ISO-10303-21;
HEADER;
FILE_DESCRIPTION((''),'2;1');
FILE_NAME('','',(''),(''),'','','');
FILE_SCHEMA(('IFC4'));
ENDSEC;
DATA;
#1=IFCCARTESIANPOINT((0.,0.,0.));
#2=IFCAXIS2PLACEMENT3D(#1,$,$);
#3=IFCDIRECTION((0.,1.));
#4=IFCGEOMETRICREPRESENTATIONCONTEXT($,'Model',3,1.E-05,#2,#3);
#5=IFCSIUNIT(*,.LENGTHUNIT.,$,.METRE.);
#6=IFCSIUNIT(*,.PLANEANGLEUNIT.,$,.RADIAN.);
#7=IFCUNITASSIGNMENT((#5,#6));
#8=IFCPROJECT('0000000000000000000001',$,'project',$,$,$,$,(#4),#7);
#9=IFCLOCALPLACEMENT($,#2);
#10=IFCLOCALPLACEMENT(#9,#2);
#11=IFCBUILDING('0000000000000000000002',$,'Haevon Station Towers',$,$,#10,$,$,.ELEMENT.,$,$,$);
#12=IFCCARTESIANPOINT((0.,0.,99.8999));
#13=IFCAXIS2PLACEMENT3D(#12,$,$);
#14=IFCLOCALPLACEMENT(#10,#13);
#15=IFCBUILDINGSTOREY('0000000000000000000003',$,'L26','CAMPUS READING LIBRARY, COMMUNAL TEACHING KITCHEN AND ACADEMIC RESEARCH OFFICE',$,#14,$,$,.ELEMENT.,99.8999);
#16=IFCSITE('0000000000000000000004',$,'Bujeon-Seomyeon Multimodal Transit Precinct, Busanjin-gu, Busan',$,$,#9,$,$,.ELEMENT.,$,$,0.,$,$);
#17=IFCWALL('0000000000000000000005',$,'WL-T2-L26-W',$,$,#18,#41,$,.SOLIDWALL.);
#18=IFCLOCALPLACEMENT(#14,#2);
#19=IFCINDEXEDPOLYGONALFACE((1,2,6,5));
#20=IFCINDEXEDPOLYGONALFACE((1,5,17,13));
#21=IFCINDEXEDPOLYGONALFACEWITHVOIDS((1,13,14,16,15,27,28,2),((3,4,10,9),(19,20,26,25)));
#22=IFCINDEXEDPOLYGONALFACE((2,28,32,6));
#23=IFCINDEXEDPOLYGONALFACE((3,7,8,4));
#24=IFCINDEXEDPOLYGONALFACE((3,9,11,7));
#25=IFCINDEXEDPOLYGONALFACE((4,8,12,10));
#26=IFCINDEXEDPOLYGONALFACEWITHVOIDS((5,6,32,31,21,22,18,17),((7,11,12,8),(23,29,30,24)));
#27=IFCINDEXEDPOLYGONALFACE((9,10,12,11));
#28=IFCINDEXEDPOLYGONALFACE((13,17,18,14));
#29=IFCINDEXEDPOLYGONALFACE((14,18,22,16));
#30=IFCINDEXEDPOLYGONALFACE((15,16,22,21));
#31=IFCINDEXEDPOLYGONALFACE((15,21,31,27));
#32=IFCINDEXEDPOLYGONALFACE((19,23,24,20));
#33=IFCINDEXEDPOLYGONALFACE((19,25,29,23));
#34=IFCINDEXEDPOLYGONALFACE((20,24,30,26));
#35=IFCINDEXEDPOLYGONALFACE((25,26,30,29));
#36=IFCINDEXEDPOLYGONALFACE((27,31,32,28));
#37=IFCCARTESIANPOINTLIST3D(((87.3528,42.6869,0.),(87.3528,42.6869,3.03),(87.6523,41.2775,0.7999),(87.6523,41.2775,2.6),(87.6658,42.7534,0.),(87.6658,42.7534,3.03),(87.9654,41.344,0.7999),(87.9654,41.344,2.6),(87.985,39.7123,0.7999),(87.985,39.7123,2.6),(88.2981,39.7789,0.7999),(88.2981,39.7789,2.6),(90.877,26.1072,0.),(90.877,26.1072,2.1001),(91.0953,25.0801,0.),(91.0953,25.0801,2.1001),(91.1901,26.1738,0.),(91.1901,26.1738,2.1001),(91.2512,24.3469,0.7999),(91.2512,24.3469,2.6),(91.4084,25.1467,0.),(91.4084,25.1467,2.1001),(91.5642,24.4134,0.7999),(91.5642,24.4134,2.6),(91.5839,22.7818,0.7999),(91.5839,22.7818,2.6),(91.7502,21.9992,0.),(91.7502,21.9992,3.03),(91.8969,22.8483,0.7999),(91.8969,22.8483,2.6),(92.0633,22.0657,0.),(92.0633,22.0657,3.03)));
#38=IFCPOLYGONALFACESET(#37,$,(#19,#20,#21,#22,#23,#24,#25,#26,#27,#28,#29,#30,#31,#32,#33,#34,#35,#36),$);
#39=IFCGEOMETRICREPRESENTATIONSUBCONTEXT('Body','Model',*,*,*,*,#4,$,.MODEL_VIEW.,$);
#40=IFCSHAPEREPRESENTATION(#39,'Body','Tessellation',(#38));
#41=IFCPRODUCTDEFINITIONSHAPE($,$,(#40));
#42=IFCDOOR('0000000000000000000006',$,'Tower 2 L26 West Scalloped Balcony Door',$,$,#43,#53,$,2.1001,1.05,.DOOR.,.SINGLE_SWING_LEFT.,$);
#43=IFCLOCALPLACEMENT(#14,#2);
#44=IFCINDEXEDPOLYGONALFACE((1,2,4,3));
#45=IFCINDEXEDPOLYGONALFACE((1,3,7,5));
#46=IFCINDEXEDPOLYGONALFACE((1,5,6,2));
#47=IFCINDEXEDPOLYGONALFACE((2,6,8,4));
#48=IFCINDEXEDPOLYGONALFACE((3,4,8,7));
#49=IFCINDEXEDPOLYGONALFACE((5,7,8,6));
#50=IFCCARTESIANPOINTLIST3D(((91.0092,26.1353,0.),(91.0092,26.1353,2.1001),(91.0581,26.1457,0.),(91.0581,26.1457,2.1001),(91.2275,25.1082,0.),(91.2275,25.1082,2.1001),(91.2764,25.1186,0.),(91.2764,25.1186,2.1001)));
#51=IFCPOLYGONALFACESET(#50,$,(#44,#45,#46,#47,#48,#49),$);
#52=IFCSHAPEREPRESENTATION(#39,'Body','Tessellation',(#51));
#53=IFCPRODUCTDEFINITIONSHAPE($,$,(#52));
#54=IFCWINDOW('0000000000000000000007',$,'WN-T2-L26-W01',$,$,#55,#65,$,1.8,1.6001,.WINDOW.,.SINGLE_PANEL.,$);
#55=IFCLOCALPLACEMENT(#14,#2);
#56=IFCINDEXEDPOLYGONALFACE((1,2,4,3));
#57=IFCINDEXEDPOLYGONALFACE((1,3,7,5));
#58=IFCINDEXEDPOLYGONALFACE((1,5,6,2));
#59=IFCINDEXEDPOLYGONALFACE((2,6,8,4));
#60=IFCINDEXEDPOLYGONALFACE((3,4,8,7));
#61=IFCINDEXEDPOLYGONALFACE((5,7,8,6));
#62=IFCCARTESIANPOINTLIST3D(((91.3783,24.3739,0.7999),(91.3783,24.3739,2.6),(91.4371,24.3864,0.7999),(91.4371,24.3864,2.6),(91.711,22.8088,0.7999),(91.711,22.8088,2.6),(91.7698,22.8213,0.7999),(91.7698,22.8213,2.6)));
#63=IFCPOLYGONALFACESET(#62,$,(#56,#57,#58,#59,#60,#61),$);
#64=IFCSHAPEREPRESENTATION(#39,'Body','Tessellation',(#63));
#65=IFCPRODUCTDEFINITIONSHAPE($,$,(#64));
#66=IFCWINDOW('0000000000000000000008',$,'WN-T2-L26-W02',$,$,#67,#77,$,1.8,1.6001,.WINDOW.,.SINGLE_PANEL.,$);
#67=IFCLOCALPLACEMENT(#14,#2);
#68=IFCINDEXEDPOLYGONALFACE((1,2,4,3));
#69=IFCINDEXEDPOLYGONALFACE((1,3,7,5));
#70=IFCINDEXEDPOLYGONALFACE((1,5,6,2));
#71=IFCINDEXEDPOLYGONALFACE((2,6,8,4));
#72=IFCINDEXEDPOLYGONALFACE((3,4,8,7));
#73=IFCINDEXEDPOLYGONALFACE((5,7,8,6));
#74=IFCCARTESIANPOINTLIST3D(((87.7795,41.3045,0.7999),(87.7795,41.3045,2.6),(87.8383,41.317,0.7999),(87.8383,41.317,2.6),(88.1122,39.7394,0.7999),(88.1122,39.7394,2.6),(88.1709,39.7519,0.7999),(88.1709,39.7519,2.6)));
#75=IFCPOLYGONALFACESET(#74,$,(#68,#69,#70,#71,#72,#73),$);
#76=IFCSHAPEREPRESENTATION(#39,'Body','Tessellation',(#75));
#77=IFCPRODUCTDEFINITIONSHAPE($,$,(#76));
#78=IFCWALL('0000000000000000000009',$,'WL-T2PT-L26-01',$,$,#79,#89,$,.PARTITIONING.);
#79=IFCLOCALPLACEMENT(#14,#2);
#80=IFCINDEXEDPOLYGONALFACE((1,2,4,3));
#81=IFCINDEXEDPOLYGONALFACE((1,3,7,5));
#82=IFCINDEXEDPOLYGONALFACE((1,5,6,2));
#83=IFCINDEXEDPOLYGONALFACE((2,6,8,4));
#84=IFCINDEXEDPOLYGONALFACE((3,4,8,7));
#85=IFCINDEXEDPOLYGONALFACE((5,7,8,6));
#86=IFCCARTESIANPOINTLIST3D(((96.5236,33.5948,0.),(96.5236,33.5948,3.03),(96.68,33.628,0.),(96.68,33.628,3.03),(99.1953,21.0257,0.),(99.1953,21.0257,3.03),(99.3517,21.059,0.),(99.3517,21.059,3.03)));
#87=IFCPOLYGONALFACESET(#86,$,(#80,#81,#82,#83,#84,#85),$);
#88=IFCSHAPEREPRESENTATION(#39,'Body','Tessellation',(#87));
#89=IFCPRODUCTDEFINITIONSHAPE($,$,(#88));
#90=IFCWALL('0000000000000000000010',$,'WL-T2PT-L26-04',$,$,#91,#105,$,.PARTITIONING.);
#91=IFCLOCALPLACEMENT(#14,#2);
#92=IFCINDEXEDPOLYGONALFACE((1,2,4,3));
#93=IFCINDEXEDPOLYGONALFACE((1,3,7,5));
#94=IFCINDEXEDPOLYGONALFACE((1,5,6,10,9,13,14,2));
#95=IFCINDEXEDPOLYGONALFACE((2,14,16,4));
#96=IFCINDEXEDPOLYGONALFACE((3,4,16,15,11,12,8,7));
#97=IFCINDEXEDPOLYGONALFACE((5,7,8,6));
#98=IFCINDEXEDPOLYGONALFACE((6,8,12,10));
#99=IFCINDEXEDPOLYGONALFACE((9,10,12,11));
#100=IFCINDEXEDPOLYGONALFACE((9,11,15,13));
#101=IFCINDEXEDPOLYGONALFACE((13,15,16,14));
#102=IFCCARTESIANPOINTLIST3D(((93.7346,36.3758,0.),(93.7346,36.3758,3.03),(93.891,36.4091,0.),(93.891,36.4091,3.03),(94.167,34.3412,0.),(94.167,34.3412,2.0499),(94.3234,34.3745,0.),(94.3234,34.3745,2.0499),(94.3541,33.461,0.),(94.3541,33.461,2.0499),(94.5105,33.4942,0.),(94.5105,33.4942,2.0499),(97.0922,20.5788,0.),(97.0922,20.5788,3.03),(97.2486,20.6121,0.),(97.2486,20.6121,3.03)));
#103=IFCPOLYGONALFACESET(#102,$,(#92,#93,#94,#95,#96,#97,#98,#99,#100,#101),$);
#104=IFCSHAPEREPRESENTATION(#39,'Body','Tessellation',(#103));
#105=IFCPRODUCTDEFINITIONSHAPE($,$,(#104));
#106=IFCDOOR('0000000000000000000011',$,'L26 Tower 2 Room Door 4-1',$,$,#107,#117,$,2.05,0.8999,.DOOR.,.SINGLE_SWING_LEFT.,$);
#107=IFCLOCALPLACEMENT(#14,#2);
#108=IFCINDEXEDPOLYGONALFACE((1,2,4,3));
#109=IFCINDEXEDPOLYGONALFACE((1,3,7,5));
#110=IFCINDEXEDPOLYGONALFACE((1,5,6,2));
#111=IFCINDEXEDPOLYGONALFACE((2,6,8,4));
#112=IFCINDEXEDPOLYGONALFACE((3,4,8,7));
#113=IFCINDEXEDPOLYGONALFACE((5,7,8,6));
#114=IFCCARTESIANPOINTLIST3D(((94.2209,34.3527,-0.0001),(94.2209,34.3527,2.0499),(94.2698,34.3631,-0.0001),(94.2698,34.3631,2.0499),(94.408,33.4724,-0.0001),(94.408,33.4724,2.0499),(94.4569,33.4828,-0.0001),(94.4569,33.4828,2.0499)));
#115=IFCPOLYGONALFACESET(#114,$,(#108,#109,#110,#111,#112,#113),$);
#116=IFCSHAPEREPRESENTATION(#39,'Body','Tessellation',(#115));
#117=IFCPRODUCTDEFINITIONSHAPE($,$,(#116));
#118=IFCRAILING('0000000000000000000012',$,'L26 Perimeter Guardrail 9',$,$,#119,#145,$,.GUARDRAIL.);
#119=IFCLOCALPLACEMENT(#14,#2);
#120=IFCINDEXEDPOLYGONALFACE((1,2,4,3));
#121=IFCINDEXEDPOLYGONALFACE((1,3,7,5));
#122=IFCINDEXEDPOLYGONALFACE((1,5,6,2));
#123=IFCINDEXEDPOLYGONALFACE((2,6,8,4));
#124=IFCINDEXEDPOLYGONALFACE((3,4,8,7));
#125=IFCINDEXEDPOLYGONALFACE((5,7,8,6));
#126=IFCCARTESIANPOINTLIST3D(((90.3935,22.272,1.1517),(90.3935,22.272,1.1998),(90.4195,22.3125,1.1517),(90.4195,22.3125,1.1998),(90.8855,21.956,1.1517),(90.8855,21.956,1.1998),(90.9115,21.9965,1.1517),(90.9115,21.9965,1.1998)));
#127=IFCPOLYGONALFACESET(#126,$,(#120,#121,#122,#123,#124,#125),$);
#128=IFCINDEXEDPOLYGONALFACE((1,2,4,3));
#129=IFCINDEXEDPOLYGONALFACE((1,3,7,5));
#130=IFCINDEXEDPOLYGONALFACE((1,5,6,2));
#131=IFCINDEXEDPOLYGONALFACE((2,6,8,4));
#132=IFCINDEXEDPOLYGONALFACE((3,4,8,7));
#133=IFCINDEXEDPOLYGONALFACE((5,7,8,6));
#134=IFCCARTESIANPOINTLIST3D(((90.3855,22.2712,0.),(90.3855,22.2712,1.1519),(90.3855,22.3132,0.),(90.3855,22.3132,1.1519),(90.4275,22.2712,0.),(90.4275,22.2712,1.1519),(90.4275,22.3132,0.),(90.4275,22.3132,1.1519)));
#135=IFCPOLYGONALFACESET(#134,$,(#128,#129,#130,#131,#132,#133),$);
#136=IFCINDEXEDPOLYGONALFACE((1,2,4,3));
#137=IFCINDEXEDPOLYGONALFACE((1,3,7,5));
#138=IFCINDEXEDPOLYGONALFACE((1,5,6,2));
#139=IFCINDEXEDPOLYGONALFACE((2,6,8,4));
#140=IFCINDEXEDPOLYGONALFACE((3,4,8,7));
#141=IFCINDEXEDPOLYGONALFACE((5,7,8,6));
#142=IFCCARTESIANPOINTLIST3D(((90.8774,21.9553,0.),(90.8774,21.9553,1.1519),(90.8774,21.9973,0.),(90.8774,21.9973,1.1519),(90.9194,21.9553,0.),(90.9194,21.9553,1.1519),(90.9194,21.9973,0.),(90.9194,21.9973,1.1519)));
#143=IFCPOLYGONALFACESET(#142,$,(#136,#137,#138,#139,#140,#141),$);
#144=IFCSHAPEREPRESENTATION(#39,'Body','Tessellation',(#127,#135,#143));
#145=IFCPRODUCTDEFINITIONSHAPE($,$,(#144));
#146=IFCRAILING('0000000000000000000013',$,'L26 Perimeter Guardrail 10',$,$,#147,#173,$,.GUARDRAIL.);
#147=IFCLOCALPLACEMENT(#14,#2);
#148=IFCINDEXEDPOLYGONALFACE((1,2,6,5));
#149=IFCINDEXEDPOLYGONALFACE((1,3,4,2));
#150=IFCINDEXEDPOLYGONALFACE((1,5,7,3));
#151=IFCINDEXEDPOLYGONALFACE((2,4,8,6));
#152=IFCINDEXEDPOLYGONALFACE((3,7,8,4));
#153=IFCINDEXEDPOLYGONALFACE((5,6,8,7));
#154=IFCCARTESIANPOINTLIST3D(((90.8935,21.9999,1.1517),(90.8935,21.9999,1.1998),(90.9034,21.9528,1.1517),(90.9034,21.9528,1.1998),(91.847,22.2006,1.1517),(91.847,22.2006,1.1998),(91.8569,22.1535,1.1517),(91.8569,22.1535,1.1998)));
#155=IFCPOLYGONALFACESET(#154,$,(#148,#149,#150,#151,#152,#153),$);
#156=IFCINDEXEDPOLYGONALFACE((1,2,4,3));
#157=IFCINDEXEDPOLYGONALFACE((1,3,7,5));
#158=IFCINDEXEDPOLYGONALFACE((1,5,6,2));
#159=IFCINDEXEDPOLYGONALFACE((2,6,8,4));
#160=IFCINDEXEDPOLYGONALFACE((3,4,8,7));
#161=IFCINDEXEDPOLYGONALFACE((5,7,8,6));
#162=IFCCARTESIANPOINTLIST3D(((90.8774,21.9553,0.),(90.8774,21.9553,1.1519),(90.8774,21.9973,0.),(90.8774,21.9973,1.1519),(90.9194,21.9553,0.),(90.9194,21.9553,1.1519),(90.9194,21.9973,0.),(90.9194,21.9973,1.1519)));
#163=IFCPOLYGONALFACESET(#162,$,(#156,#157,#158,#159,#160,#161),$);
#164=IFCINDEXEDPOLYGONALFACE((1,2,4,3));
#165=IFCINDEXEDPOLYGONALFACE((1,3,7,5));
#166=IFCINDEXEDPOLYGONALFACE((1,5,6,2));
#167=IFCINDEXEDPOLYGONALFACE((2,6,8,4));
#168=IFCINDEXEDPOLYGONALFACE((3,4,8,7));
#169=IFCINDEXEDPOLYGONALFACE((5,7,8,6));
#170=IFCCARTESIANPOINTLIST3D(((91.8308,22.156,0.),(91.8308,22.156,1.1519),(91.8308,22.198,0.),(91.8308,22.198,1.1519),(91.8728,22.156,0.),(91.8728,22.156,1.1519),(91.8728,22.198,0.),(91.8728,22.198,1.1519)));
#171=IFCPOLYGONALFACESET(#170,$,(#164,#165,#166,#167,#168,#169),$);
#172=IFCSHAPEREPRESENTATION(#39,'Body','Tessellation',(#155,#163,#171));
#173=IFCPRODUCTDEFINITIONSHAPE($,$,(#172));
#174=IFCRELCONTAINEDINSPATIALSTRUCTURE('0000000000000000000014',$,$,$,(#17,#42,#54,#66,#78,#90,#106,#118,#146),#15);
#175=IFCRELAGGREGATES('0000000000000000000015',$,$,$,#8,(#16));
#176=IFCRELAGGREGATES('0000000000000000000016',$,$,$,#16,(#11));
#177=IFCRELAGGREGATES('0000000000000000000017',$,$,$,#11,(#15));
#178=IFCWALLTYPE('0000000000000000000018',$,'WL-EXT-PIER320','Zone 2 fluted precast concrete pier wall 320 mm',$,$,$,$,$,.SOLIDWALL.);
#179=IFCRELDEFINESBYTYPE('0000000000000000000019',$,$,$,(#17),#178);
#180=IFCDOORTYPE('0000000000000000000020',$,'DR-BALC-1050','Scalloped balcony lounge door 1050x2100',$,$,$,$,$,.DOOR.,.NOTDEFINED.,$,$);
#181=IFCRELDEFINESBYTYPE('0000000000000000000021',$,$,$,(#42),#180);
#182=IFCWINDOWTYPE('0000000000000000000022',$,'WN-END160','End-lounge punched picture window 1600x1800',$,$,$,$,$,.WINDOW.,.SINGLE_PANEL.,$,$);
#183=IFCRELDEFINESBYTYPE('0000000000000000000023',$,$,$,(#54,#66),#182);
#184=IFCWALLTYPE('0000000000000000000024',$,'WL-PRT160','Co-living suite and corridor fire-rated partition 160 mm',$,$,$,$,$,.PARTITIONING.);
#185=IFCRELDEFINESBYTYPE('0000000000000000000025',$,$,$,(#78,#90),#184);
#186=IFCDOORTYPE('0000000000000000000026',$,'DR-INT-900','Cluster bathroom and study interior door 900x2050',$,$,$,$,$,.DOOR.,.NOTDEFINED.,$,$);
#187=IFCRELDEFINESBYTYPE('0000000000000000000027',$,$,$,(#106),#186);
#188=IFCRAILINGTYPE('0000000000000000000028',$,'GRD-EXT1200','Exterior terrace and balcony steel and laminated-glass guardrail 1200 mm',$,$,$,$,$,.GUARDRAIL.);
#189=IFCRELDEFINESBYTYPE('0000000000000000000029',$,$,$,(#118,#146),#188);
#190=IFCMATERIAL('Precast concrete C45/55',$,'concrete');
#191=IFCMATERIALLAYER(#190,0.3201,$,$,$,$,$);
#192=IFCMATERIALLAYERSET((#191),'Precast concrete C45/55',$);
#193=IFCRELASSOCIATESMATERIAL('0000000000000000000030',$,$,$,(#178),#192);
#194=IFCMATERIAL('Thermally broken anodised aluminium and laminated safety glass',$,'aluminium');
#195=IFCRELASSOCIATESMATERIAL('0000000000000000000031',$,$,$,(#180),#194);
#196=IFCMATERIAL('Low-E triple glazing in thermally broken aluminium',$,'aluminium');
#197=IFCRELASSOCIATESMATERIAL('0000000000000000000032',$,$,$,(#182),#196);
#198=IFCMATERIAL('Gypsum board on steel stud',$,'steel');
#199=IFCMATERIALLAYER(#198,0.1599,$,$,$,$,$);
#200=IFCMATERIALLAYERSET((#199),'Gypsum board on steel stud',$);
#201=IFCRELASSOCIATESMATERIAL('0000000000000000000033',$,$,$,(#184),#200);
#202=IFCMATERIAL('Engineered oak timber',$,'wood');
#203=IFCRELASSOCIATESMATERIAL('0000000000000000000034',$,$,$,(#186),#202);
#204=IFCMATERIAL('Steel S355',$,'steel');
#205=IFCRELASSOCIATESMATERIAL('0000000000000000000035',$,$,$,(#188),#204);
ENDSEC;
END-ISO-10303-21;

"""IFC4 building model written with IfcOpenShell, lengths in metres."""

from ifc_helpers import new_model, si_unit, direction, frame, frame_2d, origin, origin_2d, place, context, subcontext, project, spatial, rectangle, extrude, material, layer, layer_set, type_object, element, fill, save


model = new_model("IFC4")

# Units and contexts
model_context = context("Model", 3, precision=1e-05, world=origin(), true_north=direction((0.0, 1.0)))
body_context = subcontext(model_context, "Body", "Model", "MODEL_VIEW")
ifc_project = project(units=[si_unit("LENGTHUNIT", "METRE"), si_unit("PLANEANGLEUNIT", "RADIAN")], contexts=[model_context])

# Site, building, storey
site_placement = place(None, origin())
site = spatial("IfcSite", under=ifc_project, at=site_placement, Name="Bujeon-Seomyeon Multimodal Transit Precinct, Busanjin-gu, Busan", CompositionType="ELEMENT", RefElevation=0.0)
building_placement = place(site_placement, origin())
building = spatial("IfcBuilding", under=site, at=building_placement, Name="Haevon Station Towers", CompositionType="ELEMENT")
storey_placement = place(building_placement, frame((0.0, 0.0, 99.8999)))
storey = spatial("IfcBuildingStorey", under=building, at=storey_placement, Name="L26", Description="CAMPUS READING LIBRARY, COMMUNAL TEACHING KITCHEN AND ACADEMIC RESEARCH OFFICE", CompositionType="ELEMENT", Elevation=99.8999)

# Shared definitions
ifc_material_1 = material(Name="Steel S355", Category="steel")

# Shared definitions
ifc_material_2 = material(Name="Precast concrete C45/55", Category="concrete")
ifc_layer_1 = layer(ifc_material_2, 0.3201)
ifc_layer_set_1 = layer_set([ifc_layer_1], Name="Precast concrete C45/55")
wall_type_1 = type_object("IfcWallType", Name="WL-EXT-PIER320", Description="Zone 2 fluted precast concrete pier wall 320 mm", PredefinedType="SOLIDWALL", material=ifc_layer_set_1)

# Wall, openings, door, windows
wall_1_placement = place(storey_placement, frame((91.9067, 22.0325, 0.0), z_axis=(0.0, 0.0, 1.0), x_axis=(-0.207918, 0.978146, 0.0)))
wall_1 = element("IfcWall", 1, at=wall_1_placement, inside=storey, type_object=wall_type_1, Name="WL-T2-L26-W", PredefinedType="SOLIDWALL", context=body_context, shape_type="SweptSolid", body=[
    extrude(rectangle(XDim=21.1499, YDim=0.3201, at=frame_2d((10.575, 0.0))), origin(), (0.0, 0.0, 1.0), 3.03),
])
opening_1_placement = place(wall_1_placement, frame((3.1499, 0.0, 0.0)))
opening_1 = element("IfcOpeningElement", 2, at=opening_1_placement, cuts=wall_1, PredefinedType="OPENING", context=body_context, shape_type="SweptSolid", body=[
    extrude(rectangle(XDim=1.05, YDim=2.1001, at=frame_2d((0.5249, 1.05))), frame((0.0, 0.1699, 0.0), z_axis=(0.0, -1.0, 0.0), x_axis=(1.0, 0.0, 0.0)), (0.0, 0.0, 1.0), 0.3401),
])
opening_2_placement = place(wall_1_placement, frame((0.8, 0.0, 0.8)))
opening_2 = element("IfcOpeningElement", 3, at=opening_2_placement, cuts=wall_1, PredefinedType="OPENING", context=body_context, shape_type="SweptSolid", body=[
    extrude(rectangle(XDim=1.6001, YDim=1.8, at=frame_2d((0.8, 0.8999))), frame((0.0, 0.1699, 0.0), z_axis=(0.0, -1.0, 0.0), x_axis=(1.0, 0.0, 0.0)), (0.0, 0.0, 1.0), 0.3401),
])
opening_3_placement = place(wall_1_placement, frame((18.1089, 0.0, 0.8)))
opening_3 = element("IfcOpeningElement", 4, at=opening_3_placement, cuts=wall_1, PredefinedType="OPENING", context=body_context, shape_type="SweptSolid", body=[
    extrude(rectangle(XDim=1.6001, YDim=1.8, at=frame_2d((0.8, 0.8999))), frame((0.0, 0.1699, 0.0), z_axis=(0.0, -1.0, 0.0), x_axis=(1.0, 0.0, 0.0)), (0.0, 0.0, 1.0), 0.3401),
])
ifc_material_3 = material(Name="Thermally broken anodised aluminium and laminated safety glass", Category="aluminium")
door_type_1 = type_object("IfcDoorType", Name="DR-BALC-1050", Description="Scalloped balcony lounge door 1050x2100", OperationType="NOTDEFINED", PredefinedType="DOOR", material=ifc_material_3)
door_1_placement = place(opening_1_placement, origin())
door_1 = element("IfcDoor", 5, at=door_1_placement, inside=storey, type_object=door_type_1, Name="Tower 2 L26 West Scalloped Balcony Door", OperationType="SINGLE_SWING_LEFT", OverallHeight=2.1001, OverallWidth=1.05, PredefinedType="DOOR", context=body_context, shape_type="SweptSolid", body=[
    extrude(rectangle(XDim=1.05, YDim=2.1001, at=frame_2d((0.5249, 1.05))), frame((0.0, 0.0249, 0.0), z_axis=(0.0, -1.0, 0.0), x_axis=(1.0, 0.0, 0.0)), (0.0, 0.0, 1.0), 0.05),
])
fill(opening_1, door_1)
ifc_material_4 = material(Name="Low-E triple glazing in thermally broken aluminium", Category="aluminium")
window_type = type_object("IfcWindowType", Name="WN-END160", Description="End-lounge punched picture window 1600x1800", PartitioningType="SINGLE_PANEL", PredefinedType="WINDOW", material=ifc_material_4)
window_1_placement = place(opening_2_placement, origin())
window_1 = element("IfcWindow", 6, at=window_1_placement, inside=storey, type_object=window_type, Name="WN-T2-L26-W01", OverallHeight=1.8, OverallWidth=1.6001, PartitioningType="SINGLE_PANEL", PredefinedType="WINDOW", context=body_context, shape_type="SweptSolid", body=[
    extrude(rectangle(XDim=1.6001, YDim=1.8, at=frame_2d((0.8, 0.8999))), frame((0.0, 0.03, 0.0), z_axis=(0.0, -1.0, 0.0), x_axis=(1.0, 0.0, 0.0)), (0.0, 0.0, 1.0), 0.0601),
])
fill(opening_2, window_1)
window_2_placement = place(opening_3_placement, origin())
window_2 = element("IfcWindow", 7, at=window_2_placement, inside=storey, type_object=window_type, Name="WN-T2-L26-W02", OverallHeight=1.8, OverallWidth=1.6001, PartitioningType="SINGLE_PANEL", PredefinedType="WINDOW", context=body_context, shape_type="SweptSolid", body=[
    extrude(rectangle(XDim=1.6001, YDim=1.8, at=frame_2d((0.8, 0.8999))), frame((0.0, 0.03, 0.0), z_axis=(0.0, -1.0, 0.0), x_axis=(1.0, 0.0, 0.0)), (0.0, 0.0, 1.0), 0.0601),
])
fill(opening_3, window_2)

# Wall
ifc_material_5 = material(Name="Gypsum board on steel stud", Category="steel")
ifc_layer_2 = layer(ifc_material_5, 0.1599)
ifc_layer_set_2 = layer_set([ifc_layer_2], Name="Gypsum board on steel stud")
wall_type_2 = type_object("IfcWallType", Name="WL-PRT160", Description="Co-living suite and corridor fire-rated partition 160 mm", PredefinedType="PARTITIONING", material=ifc_layer_set_2)
wall_2_placement = place(storey_placement, frame((99.2734, 21.0425, 0.0), z_axis=(0.0, 0.0, 1.0), x_axis=(-0.207911, 0.978148, 0.0)))
element("IfcWall", 8, at=wall_2_placement, inside=storey, type_object=wall_type_2, Name="WL-T2PT-L26-01", PredefinedType="PARTITIONING", context=body_context, shape_type="SweptSolid", body=[
    extrude(rectangle(XDim=12.8499, YDim=0.1599, at=frame_2d((6.4248, 0.0))), origin(), (0.0, 0.0, 1.0), 3.03),
])

# Wall, opening, door
wall_3_placement = place(storey_placement, frame((97.1704, 20.5955, 0.0), z_axis=(0.0, 0.0, 1.0), x_axis=(-0.207905, 0.978149, 0.0)))
wall_3 = element("IfcWall", 9, at=wall_3_placement, inside=storey, type_object=wall_type_2, Name="WL-T2PT-L26-04", PredefinedType="PARTITIONING", context=body_context, shape_type="SweptSolid", body=[
    extrude(rectangle(XDim=16.1499, YDim=0.1599, at=frame_2d((8.075, 0.0))), origin(), (0.0, 0.0, 1.0), 3.03),
])
opening_4_placement = place(wall_3_placement, frame((13.1699, 0.0, 0.0)))
opening_4 = element("IfcOpeningElement", 10, at=opening_4_placement, cuts=wall_3, PredefinedType="OPENING", context=body_context, shape_type="SweptSolid", body=[
    extrude(rectangle(XDim=0.8999, YDim=2.05, at=frame_2d((0.45, 1.0249))), frame((0.0, 0.0898, 0.0), z_axis=(0.0, -1.0, 0.0), x_axis=(1.0, 0.0, 0.0)), (0.0, 0.0, 1.0), 0.1799),
])
ifc_material_6 = material(Name="Engineered oak timber", Category="wood")
door_type_2 = type_object("IfcDoorType", Name="DR-INT-900", Description="Cluster bathroom and study interior door 900x2050", OperationType="NOTDEFINED", PredefinedType="DOOR", material=ifc_material_6)
door_2_placement = place(opening_4_placement, origin())
door_2 = element("IfcDoor", 11, at=door_2_placement, inside=storey, type_object=door_type_2, Name="L26 Tower 2 Room Door 4-1", OperationType="SINGLE_SWING_LEFT", OverallHeight=2.05, OverallWidth=0.8999, PredefinedType="DOOR", context=body_context, shape_type="SweptSolid", body=[
    extrude(rectangle(XDim=0.8999, YDim=2.05, at=frame_2d((0.45, 1.0249))), frame((0.0, 0.0249, 0.0), z_axis=(0.0, -1.0, 0.0), x_axis=(1.0, 0.0, 0.0)), (0.0, 0.0, 1.0), 0.05),
])
fill(opening_4, door_2)

# Railings
railing_type = type_object("IfcRailingType", Name="GRD-EXT1200", Description="Exterior terrace and balcony steel and laminated-glass guardrail 1200 mm", PredefinedType="GUARDRAIL", material=ifc_material_1)
railing_1_placement = place(storey_placement, frame((90.4065, 22.2922, 0.0)))
element("IfcRailing", 12, at=railing_1_placement, inside=storey, type_object=railing_type, Name="L26 Perimeter Guardrail 9", PredefinedType="GUARDRAIL", context=body_context, shape_type="SweptSolid", body=[
    extrude(rectangle(XDim=0.0481, YDim=0.0481, at=origin_2d()), frame((0.0, 0.0, 1.1758), z_axis=(0.841436, -0.540357, 0.0), x_axis=(0.540357, 0.841436, 0.0)), (0.0, 0.0, 1.0), 0.5847),
    extrude(rectangle(XDim=0.042, YDim=0.042, at=origin_2d()), origin(), (0.0, 0.0, 1.0), 1.1519),
    extrude(rectangle(XDim=0.042, YDim=0.042, at=origin_2d()), frame((0.4919, -0.3159, 0.0)), (0.0, 0.0, 1.0), 1.1519),
])
railing_2_placement = place(storey_placement, frame((90.8984, 21.9763, 0.0)))
element("IfcRailing", 13, at=railing_2_placement, inside=storey, type_object=railing_type, Name="L26 Perimeter Guardrail 10", PredefinedType="GUARDRAIL", context=body_context, shape_type="SweptSolid", body=[
    extrude(rectangle(XDim=0.0481, YDim=0.0481, at=origin_2d()), frame((0.0, 0.0, 1.1758), z_axis=(0.978555, 0.205985, 0.0), x_axis=(-0.205985, 0.978555, 0.0)), (0.0, 0.0, 1.0), 0.9744),
    extrude(rectangle(XDim=0.042, YDim=0.042, at=origin_2d()), origin(), (0.0, 0.0, 1.0), 1.1519),
    extrude(rectangle(XDim=0.042, YDim=0.042, at=origin_2d()), frame((0.9534, 0.2007, 0.0)), (0.0, 0.0, 1.0), 1.1519),
])

save(model, "model.ifc")
